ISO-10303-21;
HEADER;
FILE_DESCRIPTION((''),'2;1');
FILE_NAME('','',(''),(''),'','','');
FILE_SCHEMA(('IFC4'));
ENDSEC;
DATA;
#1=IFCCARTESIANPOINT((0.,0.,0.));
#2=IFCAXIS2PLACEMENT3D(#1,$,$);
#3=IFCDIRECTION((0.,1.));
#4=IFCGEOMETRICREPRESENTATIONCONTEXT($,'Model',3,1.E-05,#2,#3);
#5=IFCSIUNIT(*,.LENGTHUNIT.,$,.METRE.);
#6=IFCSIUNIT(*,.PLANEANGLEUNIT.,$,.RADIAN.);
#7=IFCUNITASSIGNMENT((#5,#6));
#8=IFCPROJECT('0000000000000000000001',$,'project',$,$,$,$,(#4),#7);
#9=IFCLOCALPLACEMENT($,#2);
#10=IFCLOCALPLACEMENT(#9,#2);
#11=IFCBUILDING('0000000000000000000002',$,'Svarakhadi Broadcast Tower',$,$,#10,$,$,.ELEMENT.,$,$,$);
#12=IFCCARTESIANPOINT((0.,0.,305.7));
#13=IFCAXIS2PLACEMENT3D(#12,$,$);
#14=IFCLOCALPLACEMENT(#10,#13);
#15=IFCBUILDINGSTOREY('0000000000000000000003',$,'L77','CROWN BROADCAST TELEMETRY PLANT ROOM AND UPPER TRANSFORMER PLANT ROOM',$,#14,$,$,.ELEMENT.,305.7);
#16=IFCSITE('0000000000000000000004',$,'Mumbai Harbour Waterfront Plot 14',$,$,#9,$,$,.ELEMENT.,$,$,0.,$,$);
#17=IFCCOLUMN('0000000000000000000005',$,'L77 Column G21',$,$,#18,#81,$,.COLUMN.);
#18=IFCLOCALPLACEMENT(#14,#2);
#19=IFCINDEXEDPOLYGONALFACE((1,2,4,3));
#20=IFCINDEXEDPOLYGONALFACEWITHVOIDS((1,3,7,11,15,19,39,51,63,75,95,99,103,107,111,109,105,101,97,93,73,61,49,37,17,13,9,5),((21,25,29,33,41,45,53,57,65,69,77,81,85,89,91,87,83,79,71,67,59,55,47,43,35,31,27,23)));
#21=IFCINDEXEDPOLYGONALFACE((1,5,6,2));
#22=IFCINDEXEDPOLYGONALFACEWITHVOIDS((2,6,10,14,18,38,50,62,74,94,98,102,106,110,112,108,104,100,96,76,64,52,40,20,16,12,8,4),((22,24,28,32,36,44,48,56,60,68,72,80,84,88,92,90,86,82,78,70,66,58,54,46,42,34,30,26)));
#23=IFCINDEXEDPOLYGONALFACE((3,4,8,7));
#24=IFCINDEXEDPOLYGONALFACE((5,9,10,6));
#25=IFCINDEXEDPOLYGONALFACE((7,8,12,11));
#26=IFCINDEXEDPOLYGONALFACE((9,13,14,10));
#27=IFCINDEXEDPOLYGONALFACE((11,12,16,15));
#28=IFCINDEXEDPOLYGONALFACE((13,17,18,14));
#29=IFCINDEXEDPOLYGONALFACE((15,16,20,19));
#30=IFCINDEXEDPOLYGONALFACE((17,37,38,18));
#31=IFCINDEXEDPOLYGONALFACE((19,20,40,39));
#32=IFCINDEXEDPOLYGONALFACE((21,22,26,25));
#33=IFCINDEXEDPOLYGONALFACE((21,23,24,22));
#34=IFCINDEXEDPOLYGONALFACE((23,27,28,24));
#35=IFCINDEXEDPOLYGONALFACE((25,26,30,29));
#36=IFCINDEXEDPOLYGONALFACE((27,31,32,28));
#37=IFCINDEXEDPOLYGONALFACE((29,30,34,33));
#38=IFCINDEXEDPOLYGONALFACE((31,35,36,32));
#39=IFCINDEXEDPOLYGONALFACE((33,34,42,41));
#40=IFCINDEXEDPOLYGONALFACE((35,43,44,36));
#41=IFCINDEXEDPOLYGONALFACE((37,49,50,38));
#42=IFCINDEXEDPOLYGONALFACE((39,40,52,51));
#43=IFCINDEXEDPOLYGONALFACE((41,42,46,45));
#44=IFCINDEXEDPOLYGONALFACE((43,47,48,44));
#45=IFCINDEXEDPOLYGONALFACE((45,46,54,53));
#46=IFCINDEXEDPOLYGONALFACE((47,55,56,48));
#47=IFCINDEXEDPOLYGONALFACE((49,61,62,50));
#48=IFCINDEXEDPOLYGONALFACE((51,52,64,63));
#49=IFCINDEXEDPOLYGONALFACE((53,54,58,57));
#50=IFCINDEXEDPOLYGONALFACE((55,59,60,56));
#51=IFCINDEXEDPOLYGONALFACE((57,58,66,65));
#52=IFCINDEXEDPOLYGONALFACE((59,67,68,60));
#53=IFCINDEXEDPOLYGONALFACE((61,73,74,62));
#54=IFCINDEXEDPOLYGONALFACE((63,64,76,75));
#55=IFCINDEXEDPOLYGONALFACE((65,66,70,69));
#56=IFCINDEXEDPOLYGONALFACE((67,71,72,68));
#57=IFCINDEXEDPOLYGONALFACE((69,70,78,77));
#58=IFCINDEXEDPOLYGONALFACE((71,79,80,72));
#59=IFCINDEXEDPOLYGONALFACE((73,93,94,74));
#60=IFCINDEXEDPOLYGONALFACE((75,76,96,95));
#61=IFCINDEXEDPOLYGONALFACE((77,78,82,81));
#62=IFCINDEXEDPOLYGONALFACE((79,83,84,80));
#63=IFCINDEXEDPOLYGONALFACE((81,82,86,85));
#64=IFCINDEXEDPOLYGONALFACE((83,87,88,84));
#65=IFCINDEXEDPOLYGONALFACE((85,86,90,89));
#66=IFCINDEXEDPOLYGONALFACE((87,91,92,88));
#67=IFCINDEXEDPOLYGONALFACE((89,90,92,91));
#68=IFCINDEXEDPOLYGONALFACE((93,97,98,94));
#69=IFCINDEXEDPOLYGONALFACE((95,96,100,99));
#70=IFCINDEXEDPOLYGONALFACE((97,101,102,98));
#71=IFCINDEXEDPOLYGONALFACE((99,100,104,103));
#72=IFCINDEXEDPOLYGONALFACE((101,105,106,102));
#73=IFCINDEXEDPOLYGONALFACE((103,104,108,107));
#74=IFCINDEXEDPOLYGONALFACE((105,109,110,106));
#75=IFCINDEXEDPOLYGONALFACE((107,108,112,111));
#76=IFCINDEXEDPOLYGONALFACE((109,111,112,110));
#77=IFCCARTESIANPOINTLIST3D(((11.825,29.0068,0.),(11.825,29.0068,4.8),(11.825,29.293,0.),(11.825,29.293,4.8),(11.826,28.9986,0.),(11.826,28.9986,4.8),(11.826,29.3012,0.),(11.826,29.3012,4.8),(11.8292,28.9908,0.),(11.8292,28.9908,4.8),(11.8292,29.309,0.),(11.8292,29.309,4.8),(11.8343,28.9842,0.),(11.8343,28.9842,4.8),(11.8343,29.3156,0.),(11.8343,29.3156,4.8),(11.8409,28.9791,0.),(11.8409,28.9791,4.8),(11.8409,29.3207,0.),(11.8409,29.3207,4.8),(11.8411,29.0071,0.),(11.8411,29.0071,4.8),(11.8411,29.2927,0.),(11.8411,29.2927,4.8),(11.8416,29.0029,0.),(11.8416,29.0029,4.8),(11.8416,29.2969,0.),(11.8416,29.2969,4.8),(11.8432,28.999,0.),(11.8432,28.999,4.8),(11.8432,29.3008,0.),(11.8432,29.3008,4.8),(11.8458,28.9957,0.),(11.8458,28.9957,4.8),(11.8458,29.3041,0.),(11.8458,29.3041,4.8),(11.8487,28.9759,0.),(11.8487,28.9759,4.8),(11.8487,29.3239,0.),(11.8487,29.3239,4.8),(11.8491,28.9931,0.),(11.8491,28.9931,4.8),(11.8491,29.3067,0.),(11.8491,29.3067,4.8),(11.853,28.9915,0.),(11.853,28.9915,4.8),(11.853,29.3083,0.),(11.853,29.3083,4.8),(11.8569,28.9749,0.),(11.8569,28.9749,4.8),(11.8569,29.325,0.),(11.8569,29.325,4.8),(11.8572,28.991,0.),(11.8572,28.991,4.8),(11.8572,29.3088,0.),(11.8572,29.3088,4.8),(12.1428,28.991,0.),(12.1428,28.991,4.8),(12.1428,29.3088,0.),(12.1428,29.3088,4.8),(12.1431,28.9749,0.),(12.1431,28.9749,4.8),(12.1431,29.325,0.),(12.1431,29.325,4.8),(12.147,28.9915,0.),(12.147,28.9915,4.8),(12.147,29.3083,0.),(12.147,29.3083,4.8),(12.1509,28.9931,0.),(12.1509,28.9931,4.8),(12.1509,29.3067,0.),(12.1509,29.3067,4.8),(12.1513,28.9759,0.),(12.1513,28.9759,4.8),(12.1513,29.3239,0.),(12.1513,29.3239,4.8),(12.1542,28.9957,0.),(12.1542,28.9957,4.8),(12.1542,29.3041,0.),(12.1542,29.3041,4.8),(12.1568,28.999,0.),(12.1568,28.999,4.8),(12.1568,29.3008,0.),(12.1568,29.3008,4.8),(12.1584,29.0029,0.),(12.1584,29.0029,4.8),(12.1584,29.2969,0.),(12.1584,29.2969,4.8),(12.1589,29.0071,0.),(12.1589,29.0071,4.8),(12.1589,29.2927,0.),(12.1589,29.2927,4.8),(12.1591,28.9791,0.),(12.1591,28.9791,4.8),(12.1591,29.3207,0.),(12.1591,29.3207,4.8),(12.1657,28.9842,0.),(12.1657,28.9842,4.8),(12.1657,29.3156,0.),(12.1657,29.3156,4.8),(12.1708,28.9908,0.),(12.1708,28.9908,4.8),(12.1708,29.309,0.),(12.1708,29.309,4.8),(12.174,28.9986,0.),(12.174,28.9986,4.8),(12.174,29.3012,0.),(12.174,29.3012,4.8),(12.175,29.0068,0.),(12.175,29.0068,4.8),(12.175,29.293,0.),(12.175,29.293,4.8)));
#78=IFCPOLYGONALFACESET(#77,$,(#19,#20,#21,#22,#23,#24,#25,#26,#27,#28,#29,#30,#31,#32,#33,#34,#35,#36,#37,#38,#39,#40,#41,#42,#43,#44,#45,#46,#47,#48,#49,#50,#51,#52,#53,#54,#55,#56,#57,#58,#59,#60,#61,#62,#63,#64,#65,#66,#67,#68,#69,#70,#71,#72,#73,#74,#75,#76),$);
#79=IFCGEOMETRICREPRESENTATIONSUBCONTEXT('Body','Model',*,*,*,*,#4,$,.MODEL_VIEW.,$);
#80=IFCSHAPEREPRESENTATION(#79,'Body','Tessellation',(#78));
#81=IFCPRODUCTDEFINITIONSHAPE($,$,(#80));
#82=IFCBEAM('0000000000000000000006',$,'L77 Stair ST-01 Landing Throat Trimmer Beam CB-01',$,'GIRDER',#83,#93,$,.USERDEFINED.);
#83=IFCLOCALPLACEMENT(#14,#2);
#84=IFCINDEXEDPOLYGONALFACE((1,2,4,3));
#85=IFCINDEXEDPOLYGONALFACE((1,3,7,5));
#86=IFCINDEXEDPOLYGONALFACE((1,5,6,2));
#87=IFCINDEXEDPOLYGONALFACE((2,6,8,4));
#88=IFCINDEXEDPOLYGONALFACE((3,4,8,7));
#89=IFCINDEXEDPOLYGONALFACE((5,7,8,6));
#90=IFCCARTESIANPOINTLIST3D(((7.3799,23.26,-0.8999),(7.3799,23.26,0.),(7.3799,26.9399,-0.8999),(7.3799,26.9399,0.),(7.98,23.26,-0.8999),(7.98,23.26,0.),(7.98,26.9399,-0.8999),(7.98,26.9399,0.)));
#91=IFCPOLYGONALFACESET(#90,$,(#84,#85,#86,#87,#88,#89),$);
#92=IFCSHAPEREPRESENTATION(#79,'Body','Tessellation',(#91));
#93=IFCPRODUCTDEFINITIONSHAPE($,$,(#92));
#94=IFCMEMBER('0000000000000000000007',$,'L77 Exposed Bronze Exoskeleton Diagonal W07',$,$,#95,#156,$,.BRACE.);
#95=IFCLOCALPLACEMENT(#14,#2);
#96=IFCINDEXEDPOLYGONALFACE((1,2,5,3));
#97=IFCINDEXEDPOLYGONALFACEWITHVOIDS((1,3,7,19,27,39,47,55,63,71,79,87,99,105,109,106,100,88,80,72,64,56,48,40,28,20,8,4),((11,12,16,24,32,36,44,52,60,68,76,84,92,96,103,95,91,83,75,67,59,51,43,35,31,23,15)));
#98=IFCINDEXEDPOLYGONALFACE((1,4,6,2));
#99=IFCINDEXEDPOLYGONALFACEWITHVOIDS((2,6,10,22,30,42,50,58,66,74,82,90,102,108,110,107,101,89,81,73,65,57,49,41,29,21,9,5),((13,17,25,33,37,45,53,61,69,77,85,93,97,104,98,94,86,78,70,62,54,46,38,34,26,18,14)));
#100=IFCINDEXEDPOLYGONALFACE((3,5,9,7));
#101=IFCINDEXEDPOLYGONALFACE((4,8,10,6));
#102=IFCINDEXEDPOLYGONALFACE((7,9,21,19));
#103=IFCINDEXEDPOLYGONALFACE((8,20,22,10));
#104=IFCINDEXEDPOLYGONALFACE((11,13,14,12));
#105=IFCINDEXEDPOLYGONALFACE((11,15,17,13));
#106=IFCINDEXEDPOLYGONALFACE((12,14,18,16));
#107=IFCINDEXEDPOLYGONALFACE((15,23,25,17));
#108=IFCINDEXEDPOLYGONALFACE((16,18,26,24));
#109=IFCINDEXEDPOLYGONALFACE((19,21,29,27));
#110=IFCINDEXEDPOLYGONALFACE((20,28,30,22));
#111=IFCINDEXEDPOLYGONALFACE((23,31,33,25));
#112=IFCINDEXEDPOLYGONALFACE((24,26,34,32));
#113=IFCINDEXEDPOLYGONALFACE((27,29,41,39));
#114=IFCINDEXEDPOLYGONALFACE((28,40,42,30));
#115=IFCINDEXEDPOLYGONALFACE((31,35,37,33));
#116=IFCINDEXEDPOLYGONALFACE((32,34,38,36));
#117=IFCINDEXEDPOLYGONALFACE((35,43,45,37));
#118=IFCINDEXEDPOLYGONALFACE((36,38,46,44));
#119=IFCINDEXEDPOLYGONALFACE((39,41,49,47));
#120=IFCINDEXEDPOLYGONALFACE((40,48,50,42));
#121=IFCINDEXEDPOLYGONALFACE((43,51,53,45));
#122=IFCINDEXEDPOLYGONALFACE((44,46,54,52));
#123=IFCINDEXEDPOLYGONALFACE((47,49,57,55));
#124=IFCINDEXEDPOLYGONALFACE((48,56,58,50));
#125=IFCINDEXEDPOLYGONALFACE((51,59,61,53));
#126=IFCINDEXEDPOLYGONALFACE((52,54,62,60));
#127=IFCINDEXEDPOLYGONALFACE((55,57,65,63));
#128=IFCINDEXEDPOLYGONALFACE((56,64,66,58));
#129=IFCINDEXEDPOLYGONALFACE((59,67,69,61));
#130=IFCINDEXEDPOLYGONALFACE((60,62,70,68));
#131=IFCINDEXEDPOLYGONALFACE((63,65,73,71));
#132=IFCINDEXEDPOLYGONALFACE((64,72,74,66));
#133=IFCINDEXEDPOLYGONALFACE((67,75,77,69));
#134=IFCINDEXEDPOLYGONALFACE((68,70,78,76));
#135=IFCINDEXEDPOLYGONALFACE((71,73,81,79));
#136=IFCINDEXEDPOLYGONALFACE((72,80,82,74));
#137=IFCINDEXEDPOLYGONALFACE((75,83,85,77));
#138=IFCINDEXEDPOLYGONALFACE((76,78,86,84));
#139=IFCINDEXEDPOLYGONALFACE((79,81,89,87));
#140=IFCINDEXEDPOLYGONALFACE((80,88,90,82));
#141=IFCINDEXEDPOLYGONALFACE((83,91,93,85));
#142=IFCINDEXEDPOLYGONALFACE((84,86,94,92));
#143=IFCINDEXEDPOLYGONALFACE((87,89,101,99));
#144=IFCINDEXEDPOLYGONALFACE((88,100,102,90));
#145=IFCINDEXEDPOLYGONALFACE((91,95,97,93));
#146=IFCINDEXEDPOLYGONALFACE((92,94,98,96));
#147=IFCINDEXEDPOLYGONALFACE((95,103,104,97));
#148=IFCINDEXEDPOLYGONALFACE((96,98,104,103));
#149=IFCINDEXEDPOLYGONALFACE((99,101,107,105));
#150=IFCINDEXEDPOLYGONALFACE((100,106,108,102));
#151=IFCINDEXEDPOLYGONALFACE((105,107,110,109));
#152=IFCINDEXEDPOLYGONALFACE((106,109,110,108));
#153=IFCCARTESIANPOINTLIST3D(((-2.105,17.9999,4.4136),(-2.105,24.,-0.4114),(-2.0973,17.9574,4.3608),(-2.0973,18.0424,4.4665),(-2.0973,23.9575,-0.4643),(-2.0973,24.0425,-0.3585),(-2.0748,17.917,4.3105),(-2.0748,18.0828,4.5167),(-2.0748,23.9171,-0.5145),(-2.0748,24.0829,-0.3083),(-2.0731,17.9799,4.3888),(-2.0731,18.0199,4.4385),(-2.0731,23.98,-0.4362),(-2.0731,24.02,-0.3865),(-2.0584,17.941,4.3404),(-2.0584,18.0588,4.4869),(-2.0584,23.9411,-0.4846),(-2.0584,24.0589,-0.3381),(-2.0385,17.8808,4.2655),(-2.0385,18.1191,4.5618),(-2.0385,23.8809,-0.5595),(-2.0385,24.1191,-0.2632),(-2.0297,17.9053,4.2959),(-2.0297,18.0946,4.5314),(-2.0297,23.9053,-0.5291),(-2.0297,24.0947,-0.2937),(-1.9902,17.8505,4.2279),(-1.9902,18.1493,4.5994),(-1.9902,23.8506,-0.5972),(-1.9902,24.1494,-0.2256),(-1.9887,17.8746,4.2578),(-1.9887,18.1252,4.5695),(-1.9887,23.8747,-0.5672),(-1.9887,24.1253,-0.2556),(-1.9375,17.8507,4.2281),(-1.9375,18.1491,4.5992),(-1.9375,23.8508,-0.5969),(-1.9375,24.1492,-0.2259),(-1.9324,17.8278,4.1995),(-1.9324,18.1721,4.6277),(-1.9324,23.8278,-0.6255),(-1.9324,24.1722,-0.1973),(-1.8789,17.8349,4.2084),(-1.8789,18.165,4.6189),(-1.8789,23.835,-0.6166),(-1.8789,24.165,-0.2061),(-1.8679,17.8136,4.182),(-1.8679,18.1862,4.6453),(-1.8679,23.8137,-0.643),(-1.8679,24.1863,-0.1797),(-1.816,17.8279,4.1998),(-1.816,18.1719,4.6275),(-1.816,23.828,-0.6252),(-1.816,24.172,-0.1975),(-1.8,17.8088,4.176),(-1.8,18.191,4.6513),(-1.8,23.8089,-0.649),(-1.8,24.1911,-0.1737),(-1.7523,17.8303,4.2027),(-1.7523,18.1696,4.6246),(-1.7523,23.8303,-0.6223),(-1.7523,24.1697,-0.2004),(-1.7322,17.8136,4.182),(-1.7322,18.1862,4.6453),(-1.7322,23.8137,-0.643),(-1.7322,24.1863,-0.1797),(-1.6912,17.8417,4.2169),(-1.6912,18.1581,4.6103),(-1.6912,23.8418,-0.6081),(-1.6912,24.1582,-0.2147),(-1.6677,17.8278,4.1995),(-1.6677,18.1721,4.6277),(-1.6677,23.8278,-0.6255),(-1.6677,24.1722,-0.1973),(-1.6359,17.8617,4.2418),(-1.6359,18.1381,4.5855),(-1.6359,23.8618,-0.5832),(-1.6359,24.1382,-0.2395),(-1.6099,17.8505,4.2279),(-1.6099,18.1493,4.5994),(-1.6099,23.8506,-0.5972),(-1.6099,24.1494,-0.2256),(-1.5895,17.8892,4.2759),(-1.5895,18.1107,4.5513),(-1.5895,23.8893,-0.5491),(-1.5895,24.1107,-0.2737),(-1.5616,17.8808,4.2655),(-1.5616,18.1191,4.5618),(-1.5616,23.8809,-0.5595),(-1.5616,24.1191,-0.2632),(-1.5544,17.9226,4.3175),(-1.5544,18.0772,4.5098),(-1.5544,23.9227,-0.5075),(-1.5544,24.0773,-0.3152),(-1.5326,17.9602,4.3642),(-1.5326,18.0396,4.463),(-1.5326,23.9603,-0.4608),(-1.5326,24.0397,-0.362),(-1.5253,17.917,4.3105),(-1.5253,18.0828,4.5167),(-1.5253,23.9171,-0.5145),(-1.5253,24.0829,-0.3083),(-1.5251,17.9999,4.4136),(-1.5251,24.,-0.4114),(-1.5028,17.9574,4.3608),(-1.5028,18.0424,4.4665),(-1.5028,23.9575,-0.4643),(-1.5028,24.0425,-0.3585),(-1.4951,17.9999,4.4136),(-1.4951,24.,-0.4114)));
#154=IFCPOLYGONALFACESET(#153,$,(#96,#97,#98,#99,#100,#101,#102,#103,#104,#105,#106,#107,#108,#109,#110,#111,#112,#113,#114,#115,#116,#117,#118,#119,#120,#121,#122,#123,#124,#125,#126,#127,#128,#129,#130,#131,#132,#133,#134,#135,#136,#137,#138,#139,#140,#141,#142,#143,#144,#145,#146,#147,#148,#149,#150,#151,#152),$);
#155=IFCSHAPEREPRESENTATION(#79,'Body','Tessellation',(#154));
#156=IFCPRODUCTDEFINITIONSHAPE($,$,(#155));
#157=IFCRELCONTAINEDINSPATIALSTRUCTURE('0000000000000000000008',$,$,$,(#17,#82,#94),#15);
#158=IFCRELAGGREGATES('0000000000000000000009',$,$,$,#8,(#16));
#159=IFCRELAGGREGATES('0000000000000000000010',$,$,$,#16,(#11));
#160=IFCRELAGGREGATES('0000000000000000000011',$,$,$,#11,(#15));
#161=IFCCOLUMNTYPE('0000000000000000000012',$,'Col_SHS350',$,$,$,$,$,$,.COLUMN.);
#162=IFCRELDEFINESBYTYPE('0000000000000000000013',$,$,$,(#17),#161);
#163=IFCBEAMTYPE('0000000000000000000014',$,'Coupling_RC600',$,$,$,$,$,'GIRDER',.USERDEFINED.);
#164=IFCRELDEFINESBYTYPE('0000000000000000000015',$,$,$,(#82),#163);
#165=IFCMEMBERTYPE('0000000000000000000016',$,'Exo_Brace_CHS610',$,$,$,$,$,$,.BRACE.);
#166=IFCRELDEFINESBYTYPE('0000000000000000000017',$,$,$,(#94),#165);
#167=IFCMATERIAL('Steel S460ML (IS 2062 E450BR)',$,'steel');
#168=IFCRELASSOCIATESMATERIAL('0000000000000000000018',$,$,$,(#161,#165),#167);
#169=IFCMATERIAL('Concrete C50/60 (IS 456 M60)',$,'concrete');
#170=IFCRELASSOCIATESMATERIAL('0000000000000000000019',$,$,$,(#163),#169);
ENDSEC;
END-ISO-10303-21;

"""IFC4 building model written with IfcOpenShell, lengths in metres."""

from ifc_helpers import new_model, si_unit, direction, frame, origin, origin_2d, place, context, subcontext, project, spatial, rectangle, hollow_rectangle, hollow_circle, extrude, material, material_profile, profile_set, type_object, element, save


model = new_model("IFC4")

# Units and contexts
model_context = context("Model", 3, precision=1e-05, world=origin(), true_north=direction((0.0, 1.0)))
body_context = subcontext(model_context, "Body", "Model", "MODEL_VIEW")
ifc_project = project(units=[si_unit("LENGTHUNIT", "METRE"), si_unit("PLANEANGLEUNIT", "RADIAN")], contexts=[model_context])

# Site, building, storey
site_placement = place(None, origin())
site = spatial("IfcSite", under=ifc_project, at=site_placement, Name="Mumbai Harbour Waterfront Plot 14", CompositionType="ELEMENT", RefElevation=0.0)
building_placement = place(site_placement, origin())
building = spatial("IfcBuilding", under=site, at=building_placement, Name="Svarakhadi Broadcast Tower", CompositionType="ELEMENT")
storey_placement = place(building_placement, frame((0.0, 0.0, 305.7)))
storey = spatial("IfcBuildingStorey", under=building, at=storey_placement, Name="L77", Description="CROWN BROADCAST TELEMETRY PLANT ROOM AND UPPER TRANSFORMER PLANT ROOM", CompositionType="ELEMENT", Elevation=305.7)

# Column
ifc_material_1 = material(Name="Concrete C50/60 (IS 456 M60)", Category="concrete")
ifc_material_2 = material(Name="Steel S460ML (IS 2062 E450BR)", Category="steel")
ifc_material_profile_1 = material_profile(ifc_material_2, hollow_rectangle(XDim=0.3501, YDim=0.3501, WallThickness=0.0161, InnerFilletRadius=0.0161, OuterFilletRadius=0.032, at=origin_2d()), Name="SHS 350x350x16")
ifc_profile_set_1 = profile_set([ifc_material_profile_1], Name="Steel S460ML (IS 2062 E450BR)")
column_type_1 = type_object("IfcColumnType", Name="Col_SHS350", PredefinedType="COLUMN", material=ifc_profile_set_1)
for number, where, z_axis, x_axis, name in (
    (1, (12.0, 29.1499, 0.0), (0.0, 0.0, 1.0), (1.0, 0.0, 0.0), "L77 Column G21"),
):
    element("IfcColumn", number, at=place(storey_placement, frame(where, z_axis=z_axis, x_axis=x_axis)), inside=storey, type_object=column_type_1, Name=name, PredefinedType="COLUMN", context=body_context, shape_type="SweptSolid", body=[
        extrude(hollow_rectangle(XDim=0.3501, YDim=0.3501, WallThickness=0.0161, InnerFilletRadius=0.0161, OuterFilletRadius=0.032, at=origin_2d()), origin(), (0.0, 0.0, 1.0), 4.8),
    ])

# Beam
ifc_material_profile_2 = material_profile(ifc_material_1, rectangle(XDim=0.6001, YDim=0.8999, at=origin_2d()), Name="RC 600x900")
ifc_profile_set_2 = profile_set([ifc_material_profile_2], Name="Concrete C50/60 (IS 456 M60)")
beam_type_1 = type_object("IfcBeamType", Name="Coupling_RC600", ElementType="GIRDER", PredefinedType="USERDEFINED", material=ifc_profile_set_2)
beam_1_placement = place(storey_placement, frame((7.6799, 23.26, -0.45), z_axis=(0.0, 1.0, 0.0), x_axis=(-1.0, 0.0, 0.0)))
element("IfcBeam", 2, at=beam_1_placement, inside=storey, type_object=beam_type_1, Name="L77 Stair ST-01 Landing Throat Trimmer Beam CB-01", ObjectType="GIRDER", PredefinedType="USERDEFINED", context=body_context, shape_type="SweptSolid", body=[
    extrude(rectangle(XDim=0.6001, YDim=0.8999, at=origin_2d()), origin(), (0.0, 0.0, 1.0), 3.6799),
])

# Member
ifc_material_profile_3 = material_profile(ifc_material_2, hollow_circle(Radius=0.3049, WallThickness=0.03, at=origin_2d()), Name="CHS 610x30")
ifc_profile_set_3 = profile_set([ifc_material_profile_3], Name="Steel S460ML (IS 2062 E450BR)")
member_type_1 = type_object("IfcMemberType", Name="Exo_Brace_CHS610", PredefinedType="BRACE", material=ifc_profile_set_3)
for number, where, z_axis, x_axis, name in (
    (3, (-1.8, 24.0, -0.4114), (0.0, -0.779285, 0.626669), (1.0, 0.0, 0.0), "L77 Exposed Bronze Exoskeleton Diagonal W07"),
):
    element("IfcMember", number, at=place(storey_placement, frame(where, z_axis=z_axis, x_axis=x_axis)), inside=storey, type_object=member_type_1, Name=name, PredefinedType="BRACE", context=body_context, shape_type="SweptSolid", body=[
        extrude(hollow_circle(Radius=0.3049, WallThickness=0.03, at=origin_2d()), origin(), (0.0, 0.0, 1.0), 7.6995),
    ])

save(model, "model.ifc")
